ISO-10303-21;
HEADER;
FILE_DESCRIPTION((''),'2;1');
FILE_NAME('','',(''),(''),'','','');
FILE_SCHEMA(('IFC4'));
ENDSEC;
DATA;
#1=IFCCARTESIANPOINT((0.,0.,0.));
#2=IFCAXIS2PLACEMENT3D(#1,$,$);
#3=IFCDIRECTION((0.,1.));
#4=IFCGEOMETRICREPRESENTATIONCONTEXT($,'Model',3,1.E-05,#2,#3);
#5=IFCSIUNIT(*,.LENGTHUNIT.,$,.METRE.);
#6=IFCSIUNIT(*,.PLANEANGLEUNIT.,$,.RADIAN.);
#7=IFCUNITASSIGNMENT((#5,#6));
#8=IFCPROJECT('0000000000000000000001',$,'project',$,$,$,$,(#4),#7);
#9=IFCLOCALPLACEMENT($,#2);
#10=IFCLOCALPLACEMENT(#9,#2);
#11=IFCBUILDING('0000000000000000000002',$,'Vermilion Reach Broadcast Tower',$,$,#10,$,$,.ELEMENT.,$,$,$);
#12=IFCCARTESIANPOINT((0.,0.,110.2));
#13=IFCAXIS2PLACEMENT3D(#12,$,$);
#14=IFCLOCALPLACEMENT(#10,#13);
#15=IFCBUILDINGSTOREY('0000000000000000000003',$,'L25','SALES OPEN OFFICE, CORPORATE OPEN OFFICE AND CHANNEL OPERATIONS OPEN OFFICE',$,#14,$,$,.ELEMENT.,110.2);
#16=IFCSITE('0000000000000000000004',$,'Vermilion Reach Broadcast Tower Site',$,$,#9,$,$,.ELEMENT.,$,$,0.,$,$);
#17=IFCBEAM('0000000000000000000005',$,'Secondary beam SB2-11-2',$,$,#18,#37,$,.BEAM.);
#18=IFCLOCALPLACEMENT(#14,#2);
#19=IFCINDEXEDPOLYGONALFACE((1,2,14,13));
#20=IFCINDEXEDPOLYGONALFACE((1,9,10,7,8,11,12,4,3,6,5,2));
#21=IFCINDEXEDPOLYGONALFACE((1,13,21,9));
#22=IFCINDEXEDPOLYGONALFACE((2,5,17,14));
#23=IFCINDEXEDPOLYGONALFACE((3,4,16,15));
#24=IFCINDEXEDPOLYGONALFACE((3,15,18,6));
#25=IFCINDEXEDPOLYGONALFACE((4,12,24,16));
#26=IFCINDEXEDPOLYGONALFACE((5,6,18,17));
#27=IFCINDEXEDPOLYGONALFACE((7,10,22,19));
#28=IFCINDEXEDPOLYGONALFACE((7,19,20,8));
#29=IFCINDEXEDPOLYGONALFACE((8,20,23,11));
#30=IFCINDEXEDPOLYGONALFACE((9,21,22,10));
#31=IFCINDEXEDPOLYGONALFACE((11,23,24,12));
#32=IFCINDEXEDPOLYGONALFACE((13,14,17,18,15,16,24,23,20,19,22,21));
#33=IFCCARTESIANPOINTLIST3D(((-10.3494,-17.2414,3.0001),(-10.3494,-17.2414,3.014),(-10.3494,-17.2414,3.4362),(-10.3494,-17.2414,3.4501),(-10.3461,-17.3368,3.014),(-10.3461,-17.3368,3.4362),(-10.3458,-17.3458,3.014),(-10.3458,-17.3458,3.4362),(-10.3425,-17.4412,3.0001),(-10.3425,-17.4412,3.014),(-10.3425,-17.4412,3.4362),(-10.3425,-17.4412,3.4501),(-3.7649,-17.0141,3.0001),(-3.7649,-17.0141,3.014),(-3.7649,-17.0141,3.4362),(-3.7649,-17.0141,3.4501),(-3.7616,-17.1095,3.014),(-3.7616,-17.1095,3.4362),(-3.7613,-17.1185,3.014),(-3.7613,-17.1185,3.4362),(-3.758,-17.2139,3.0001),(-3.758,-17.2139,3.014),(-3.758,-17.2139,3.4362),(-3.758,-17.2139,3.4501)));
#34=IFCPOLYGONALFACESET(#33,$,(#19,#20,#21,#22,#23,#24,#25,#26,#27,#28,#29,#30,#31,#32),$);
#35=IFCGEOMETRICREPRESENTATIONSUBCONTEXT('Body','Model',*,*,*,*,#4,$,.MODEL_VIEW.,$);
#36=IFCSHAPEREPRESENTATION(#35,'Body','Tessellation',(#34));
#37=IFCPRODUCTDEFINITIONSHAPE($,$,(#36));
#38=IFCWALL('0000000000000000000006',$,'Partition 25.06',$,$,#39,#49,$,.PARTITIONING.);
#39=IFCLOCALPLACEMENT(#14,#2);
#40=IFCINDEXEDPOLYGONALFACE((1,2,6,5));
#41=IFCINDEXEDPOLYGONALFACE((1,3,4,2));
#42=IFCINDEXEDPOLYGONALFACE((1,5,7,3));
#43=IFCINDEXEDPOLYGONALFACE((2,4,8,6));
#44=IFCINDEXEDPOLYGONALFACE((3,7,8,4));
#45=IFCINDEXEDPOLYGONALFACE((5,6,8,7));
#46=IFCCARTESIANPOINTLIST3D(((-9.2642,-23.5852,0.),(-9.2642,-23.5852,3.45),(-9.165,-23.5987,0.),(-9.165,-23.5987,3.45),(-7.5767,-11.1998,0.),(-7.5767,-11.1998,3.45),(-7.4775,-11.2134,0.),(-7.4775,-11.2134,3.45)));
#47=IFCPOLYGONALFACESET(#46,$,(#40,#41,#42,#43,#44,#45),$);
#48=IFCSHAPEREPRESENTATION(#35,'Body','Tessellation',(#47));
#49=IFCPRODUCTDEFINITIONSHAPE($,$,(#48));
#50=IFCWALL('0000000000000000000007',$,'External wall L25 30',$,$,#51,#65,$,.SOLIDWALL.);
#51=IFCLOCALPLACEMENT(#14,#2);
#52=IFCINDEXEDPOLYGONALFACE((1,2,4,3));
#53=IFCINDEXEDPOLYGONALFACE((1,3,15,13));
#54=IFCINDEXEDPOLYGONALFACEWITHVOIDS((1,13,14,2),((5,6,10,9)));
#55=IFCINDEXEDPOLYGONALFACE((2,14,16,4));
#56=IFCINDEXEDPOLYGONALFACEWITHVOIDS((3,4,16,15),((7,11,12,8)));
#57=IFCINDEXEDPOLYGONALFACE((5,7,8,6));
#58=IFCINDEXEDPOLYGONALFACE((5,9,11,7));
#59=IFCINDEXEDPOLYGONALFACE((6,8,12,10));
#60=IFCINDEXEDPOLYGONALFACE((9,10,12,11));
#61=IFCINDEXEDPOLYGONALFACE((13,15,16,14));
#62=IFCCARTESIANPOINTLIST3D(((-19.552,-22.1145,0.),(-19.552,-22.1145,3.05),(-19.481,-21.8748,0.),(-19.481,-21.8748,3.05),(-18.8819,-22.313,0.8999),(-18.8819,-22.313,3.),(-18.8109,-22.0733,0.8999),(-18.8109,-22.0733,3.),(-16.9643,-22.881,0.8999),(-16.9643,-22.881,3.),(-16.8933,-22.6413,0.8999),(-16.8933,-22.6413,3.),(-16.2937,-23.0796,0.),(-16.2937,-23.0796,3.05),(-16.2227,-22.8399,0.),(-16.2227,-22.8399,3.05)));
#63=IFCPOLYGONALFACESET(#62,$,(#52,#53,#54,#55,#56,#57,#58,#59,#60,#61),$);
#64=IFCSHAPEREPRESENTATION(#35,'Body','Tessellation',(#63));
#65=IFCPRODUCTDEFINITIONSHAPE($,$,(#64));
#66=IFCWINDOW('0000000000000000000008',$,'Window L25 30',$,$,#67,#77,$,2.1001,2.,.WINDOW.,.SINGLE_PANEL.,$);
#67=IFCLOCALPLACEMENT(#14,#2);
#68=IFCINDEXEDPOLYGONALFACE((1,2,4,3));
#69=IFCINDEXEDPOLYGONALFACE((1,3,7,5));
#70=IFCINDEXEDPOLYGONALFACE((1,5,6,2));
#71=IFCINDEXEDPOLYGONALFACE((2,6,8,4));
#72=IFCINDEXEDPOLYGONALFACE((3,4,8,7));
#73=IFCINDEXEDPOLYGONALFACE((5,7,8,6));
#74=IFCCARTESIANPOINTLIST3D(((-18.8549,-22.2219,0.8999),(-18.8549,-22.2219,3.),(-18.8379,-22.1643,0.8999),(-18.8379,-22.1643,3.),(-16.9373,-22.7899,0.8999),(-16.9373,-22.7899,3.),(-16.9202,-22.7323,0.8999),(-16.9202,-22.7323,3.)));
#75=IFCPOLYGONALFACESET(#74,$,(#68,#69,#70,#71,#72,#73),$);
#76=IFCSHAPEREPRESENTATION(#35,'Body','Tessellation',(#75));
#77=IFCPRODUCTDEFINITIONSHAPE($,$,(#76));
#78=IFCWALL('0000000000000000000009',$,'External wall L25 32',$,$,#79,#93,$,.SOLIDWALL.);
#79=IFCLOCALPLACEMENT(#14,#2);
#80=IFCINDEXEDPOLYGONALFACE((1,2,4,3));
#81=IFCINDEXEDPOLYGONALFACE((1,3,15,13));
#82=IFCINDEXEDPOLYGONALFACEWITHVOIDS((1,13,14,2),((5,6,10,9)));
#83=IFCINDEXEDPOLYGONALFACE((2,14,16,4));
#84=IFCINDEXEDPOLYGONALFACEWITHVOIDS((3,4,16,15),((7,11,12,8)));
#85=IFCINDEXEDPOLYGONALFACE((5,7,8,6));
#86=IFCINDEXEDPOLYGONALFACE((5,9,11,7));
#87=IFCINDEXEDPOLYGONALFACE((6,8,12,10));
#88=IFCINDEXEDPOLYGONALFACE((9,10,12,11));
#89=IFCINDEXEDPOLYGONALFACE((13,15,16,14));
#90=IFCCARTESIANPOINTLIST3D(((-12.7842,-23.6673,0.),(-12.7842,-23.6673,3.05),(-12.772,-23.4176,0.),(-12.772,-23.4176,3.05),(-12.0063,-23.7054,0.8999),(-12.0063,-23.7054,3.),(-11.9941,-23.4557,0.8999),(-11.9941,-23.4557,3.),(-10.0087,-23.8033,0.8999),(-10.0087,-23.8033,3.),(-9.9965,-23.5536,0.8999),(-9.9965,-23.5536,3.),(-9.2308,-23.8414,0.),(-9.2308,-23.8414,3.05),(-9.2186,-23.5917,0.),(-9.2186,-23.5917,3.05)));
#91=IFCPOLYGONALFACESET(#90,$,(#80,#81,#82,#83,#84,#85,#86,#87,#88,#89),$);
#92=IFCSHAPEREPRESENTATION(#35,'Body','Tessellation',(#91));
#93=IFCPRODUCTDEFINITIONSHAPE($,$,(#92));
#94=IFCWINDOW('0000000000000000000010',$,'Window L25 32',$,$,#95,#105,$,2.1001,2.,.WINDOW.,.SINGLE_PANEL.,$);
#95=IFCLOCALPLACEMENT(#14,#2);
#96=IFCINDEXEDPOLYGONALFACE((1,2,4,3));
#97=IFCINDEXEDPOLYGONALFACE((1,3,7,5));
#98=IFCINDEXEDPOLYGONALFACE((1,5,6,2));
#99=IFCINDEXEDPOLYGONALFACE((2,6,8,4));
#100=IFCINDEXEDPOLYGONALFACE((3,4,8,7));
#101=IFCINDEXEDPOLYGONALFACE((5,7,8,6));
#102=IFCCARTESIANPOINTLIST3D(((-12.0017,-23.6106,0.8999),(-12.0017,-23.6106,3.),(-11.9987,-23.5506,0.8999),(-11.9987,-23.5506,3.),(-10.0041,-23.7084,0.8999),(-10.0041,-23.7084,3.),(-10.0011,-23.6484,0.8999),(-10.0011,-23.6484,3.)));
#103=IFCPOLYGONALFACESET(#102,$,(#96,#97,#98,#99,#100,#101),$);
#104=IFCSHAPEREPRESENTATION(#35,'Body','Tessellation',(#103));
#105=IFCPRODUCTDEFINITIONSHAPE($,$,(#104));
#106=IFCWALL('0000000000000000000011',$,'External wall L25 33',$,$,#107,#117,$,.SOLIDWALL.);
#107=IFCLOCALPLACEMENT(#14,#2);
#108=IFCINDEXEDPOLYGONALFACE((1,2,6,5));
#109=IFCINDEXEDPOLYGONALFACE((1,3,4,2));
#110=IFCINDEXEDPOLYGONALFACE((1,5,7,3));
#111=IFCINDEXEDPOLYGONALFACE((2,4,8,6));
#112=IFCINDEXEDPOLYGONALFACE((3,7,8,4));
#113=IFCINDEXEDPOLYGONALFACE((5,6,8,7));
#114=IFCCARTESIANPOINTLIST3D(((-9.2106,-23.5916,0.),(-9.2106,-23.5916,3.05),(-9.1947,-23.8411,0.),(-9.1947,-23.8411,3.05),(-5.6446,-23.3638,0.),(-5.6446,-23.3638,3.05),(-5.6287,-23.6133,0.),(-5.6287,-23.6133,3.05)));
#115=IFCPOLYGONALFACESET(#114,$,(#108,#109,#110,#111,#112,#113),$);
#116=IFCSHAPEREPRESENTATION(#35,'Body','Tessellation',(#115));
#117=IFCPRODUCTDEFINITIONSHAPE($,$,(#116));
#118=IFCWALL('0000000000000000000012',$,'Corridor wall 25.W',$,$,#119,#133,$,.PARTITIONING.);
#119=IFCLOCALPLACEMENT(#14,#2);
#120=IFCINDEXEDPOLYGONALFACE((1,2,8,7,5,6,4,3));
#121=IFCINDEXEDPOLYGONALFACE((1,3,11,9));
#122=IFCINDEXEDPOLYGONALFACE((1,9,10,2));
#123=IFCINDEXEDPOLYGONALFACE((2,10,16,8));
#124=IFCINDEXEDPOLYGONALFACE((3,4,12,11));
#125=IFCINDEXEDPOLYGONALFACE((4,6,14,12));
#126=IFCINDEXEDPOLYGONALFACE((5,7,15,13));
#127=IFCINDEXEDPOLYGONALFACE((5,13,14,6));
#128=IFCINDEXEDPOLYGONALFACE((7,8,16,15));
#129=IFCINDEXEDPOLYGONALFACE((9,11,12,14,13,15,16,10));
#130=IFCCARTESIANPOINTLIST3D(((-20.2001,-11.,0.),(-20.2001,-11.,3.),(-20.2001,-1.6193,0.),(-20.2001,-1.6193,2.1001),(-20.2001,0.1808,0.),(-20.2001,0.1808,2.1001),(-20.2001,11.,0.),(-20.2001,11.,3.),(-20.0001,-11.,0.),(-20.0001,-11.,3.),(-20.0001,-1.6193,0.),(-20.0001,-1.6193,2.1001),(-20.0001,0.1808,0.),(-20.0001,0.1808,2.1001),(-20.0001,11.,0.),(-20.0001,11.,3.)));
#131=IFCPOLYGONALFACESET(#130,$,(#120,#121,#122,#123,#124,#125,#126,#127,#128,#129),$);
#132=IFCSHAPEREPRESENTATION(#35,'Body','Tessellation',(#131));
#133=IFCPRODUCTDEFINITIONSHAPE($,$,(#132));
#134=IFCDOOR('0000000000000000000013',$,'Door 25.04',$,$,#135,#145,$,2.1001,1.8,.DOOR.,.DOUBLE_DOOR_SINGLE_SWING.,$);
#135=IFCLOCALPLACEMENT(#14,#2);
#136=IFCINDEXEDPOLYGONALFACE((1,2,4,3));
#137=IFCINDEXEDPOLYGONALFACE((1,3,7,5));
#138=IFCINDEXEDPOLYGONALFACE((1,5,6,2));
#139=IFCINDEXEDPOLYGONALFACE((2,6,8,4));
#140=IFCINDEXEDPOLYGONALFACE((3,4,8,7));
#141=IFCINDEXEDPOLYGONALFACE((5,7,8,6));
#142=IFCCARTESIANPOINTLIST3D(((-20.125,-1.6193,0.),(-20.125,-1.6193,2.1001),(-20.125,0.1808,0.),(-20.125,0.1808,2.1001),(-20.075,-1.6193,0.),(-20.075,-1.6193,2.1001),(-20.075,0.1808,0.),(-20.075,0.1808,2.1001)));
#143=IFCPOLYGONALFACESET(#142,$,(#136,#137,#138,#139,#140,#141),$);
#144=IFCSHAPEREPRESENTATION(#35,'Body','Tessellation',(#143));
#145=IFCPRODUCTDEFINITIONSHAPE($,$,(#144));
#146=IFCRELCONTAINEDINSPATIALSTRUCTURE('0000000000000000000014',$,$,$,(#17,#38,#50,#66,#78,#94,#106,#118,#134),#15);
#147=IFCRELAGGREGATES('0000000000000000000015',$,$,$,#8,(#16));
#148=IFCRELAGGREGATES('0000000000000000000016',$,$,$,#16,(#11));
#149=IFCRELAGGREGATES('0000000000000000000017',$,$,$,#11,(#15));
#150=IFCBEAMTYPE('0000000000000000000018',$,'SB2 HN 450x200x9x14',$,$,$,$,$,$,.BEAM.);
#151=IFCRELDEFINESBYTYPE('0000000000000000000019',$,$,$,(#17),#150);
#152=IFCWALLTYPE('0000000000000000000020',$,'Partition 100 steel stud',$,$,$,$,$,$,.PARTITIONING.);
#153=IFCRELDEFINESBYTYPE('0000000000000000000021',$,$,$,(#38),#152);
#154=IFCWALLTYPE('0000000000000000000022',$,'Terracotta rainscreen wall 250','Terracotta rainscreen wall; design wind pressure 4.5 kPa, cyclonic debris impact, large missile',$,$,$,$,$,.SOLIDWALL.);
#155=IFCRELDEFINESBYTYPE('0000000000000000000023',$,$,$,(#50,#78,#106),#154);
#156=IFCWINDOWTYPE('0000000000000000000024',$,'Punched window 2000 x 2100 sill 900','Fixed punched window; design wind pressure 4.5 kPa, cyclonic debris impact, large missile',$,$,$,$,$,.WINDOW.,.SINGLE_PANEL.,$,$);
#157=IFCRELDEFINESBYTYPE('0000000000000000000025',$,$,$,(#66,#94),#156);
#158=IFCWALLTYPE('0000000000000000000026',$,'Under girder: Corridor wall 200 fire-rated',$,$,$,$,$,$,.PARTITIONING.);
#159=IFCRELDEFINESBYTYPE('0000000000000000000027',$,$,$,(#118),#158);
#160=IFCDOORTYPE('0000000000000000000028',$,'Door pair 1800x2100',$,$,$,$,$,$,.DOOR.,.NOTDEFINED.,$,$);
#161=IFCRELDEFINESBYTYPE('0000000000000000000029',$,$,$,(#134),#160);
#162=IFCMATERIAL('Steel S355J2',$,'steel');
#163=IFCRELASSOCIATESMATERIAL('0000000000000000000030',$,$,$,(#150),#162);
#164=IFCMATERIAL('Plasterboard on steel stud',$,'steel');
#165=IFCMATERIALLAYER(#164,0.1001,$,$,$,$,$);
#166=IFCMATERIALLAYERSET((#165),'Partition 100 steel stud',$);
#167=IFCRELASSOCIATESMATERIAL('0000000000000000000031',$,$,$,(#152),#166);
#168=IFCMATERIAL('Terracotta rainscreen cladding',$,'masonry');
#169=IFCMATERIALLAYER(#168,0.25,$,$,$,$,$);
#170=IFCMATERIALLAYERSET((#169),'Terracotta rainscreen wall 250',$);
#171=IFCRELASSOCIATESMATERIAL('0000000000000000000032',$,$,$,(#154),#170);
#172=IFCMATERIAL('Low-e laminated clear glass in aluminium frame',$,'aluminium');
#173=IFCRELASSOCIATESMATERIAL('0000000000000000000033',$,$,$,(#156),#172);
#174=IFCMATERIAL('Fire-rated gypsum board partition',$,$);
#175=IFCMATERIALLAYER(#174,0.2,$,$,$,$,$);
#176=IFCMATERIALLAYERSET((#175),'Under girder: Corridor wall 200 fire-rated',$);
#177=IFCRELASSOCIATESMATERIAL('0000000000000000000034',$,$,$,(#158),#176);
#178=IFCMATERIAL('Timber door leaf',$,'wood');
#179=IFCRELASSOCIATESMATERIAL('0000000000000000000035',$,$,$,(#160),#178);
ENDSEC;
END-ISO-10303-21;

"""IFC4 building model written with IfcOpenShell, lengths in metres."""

from ifc_helpers import new_model, si_unit, direction, frame, frame_2d, origin, origin_2d, place, context, subcontext, project, spatial, rectangle, i_section, extrude, material, layer, layer_set, material_profile, profile_set, type_object, element, fill, save


model = new_model("IFC4")

# Units and contexts
model_context = context("Model", 3, precision=1e-05, world=origin(), true_north=direction((0.0, 1.0)))
body_context = subcontext(model_context, "Body", "Model", "MODEL_VIEW")
ifc_project = project(units=[si_unit("LENGTHUNIT", "METRE"), si_unit("PLANEANGLEUNIT", "RADIAN")], contexts=[model_context])

# Site, building, storey
site_placement = place(None, origin())
site = spatial("IfcSite", under=ifc_project, at=site_placement, Name="Vermilion Reach Broadcast Tower Site", CompositionType="ELEMENT", RefElevation=0.0)
building_placement = place(site_placement, origin())
building = spatial("IfcBuilding", under=site, at=building_placement, Name="Vermilion Reach Broadcast Tower", CompositionType="ELEMENT")
storey_placement = place(building_placement, frame((0.0, 0.0, 110.2)))
storey = spatial("IfcBuildingStorey", under=building, at=storey_placement, Name="L25", Description="SALES OPEN OFFICE, CORPORATE OPEN OFFICE AND CHANNEL OPERATIONS OPEN OFFICE", CompositionType="ELEMENT", Elevation=110.2)

# Beam
ifc_material_1 = material(Name="Steel S355J2", Category="steel")
ifc_material_profile_1 = material_profile(ifc_material_1, i_section(OverallWidth=0.2, OverallDepth=0.45, WebThickness=0.009, FlangeThickness=0.0139, at=origin_2d()), Name="S355J2 HN 450x200x9x14")
ifc_profile_set_1 = profile_set([ifc_material_profile_1], Name="Steel S355J2")
beam_type_1 = type_object("IfcBeamType", Name="SB2 HN 450x200x9x14", PredefinedType="BEAM", material=ifc_profile_set_1)
beam_1_placement = place(storey_placement, frame((-10.3459, -17.3413, 3.2251), z_axis=(0.999405, 0.034499, 0.0), x_axis=(-0.034499, 0.999405, 0.0)))
element("IfcBeam", 1, at=beam_1_placement, inside=storey, type_object=beam_type_1, Name="Secondary beam SB2-11-2", PredefinedType="BEAM", context=body_context, shape_type="SweptSolid", body=[
    extrude(i_section(OverallWidth=0.2, OverallDepth=0.45, WebThickness=0.009, FlangeThickness=0.0139, at=origin_2d()), origin(), (0.0, 0.0, 1.0), 6.5884),
])

# Wall
ifc_material_2 = material(Name="Plasterboard on steel stud", Category="steel")
ifc_layer_1 = layer(ifc_material_2, 0.1001)
ifc_layer_set_1 = layer_set([ifc_layer_1], Name="Partition 100 steel stud")
wall_type_1 = type_object("IfcWallType", Name="Partition 100 steel stud", PredefinedType="PARTITIONING", material=ifc_layer_set_1)
wall_1_placement = place(storey_placement, frame((-9.2146, -23.592, 0.0), z_axis=(0.0, 0.0, 1.0), x_axis=(0.135003, 0.990845, 0.0)))
element("IfcWall", 2, at=wall_1_placement, inside=storey, type_object=wall_type_1, Name="Partition 25.06", PredefinedType="PARTITIONING", context=body_context, shape_type="SweptSolid", body=[
    extrude(rectangle(XDim=12.4998, YDim=0.1001, at=frame_2d((6.25, 0.0))), origin(), (0.0, 0.0, 1.0), 3.45),
])

# Wall, opening, window
ifc_material_3 = material(Name="Terracotta rainscreen cladding", Category="masonry")
ifc_layer_2 = layer(ifc_material_3, 0.25)
ifc_layer_set_2 = layer_set([ifc_layer_2], Name="Terracotta rainscreen wall 250")
wall_type_2 = type_object("IfcWallType", Name="Terracotta rainscreen wall 250", Description="Terracotta rainscreen wall; design wind pressure 4.5 kPa, cyclonic debris impact, large missile", PredefinedType="SOLIDWALL", material=ifc_layer_set_2)
wall_2_placement = place(storey_placement, frame((-19.5166, -21.9946, 0.0), z_axis=(0.0, 0.0, 1.0), x_axis=(0.958825, -0.283998, 0.0)))
wall_2 = element("IfcWall", 3, at=wall_2_placement, inside=storey, type_object=wall_type_2, Name="External wall L25 30", PredefinedType="SOLIDWALL", context=body_context, shape_type="SweptSolid", body=[
    extrude(rectangle(XDim=3.3982, YDim=0.25, at=frame_2d((1.6992, 0.0))), origin(), (0.0, 0.0, 1.0), 3.05),
])
opening_1_placement = place(wall_2_placement, frame((0.699, 0.0, 0.8999)))
opening_1 = element("IfcOpeningElement", 4, at=opening_1_placement, cuts=wall_2, PredefinedType="OPENING", context=body_context, shape_type="SweptSolid", body=[
    extrude(rectangle(XDim=2.0, YDim=2.1001, at=frame_2d((1.0, 1.05))), frame((0.0, 0.135, 0.0), z_axis=(0.0, -1.0, 0.0), x_axis=(1.0, 0.0, 0.0)), (0.0, 0.0, 1.0), 0.27),
])
ifc_material_4 = material(Name="Low-e laminated clear glass in aluminium frame", Category="aluminium")
window_type = type_object("IfcWindowType", Name="Punched window 2000 x 2100 sill 900", Description="Fixed punched window; design wind pressure 4.5 kPa, cyclonic debris impact, large missile", PartitioningType="SINGLE_PANEL", PredefinedType="WINDOW", material=ifc_material_4)
window_1_placement = place(opening_1_placement, origin())
window_1 = element("IfcWindow", 5, at=window_1_placement, inside=storey, type_object=window_type, Name="Window L25 30", OverallHeight=2.1001, OverallWidth=2.0, PartitioningType="SINGLE_PANEL", PredefinedType="WINDOW", context=body_context, shape_type="SweptSolid", body=[
    extrude(rectangle(XDim=2.0, YDim=2.1001, at=frame_2d((1.0, 1.05))), frame((0.0, 0.03, 0.0), z_axis=(0.0, -1.0, 0.0), x_axis=(1.0, 0.0, 0.0)), (0.0, 0.0, 1.0), 0.0601),
])
fill(opening_1, window_1)

# Wall, opening, window
wall_3_placement = place(storey_placement, frame((-12.7781, -23.5425, 0.0), z_axis=(0.0, 0.0, 1.0), x_axis=(0.998802, -0.048928, 0.0)))
wall_3 = element("IfcWall", 6, at=wall_3_placement, inside=storey, type_object=wall_type_2, Name="External wall L25 32", PredefinedType="SOLIDWALL", context=body_context, shape_type="SweptSolid", body=[
    extrude(rectangle(XDim=3.5576, YDim=0.25, at=frame_2d((1.7788, 0.0))), origin(), (0.0, 0.0, 1.0), 3.05),
])
opening_2_placement = place(wall_3_placement, frame((0.7788, 0.0, 0.8999)))
opening_2 = element("IfcOpeningElement", 7, at=opening_2_placement, cuts=wall_3, PredefinedType="OPENING", context=body_context, shape_type="SweptSolid", body=[
    extrude(rectangle(XDim=2.0, YDim=2.1001, at=frame_2d((1.0, 1.05))), frame((0.0, 0.135, 0.0), z_axis=(0.0, -1.0, 0.0), x_axis=(1.0, 0.0, 0.0)), (0.0, 0.0, 1.0), 0.27),
])
window_2_placement = place(opening_2_placement, origin())
window_2 = element("IfcWindow", 8, at=window_2_placement, inside=storey, type_object=window_type, Name="Window L25 32", OverallHeight=2.1001, OverallWidth=2.0, PartitioningType="SINGLE_PANEL", PredefinedType="WINDOW", context=body_context, shape_type="SweptSolid", body=[
    extrude(rectangle(XDim=2.0, YDim=2.1001, at=frame_2d((1.0, 1.05))), frame((0.0, 0.03, 0.0), z_axis=(0.0, -1.0, 0.0), x_axis=(1.0, 0.0, 0.0)), (0.0, 0.0, 1.0), 0.0601),
])
fill(opening_2, window_2)

# Wall
wall_4_placement = place(storey_placement, frame((-9.2026, -23.7163, 0.0), z_axis=(0.0, 0.0, 1.0), x_axis=(0.997966, 0.063748, 0.0)))
element("IfcWall", 9, at=wall_4_placement, inside=storey, type_object=wall_type_2, Name="External wall L25 33", PredefinedType="SOLIDWALL", context=body_context, shape_type="SweptSolid", body=[
    extrude(rectangle(XDim=3.5732, YDim=0.25, at=frame_2d((1.7866, 0.0))), origin(), (0.0, 0.0, 1.0), 3.05),
])

# Wall, opening, door
ifc_material_5 = material(Name="Fire-rated gypsum board partition")
ifc_layer_3 = layer(ifc_material_5, 0.2)
ifc_layer_set_3 = layer_set([ifc_layer_3], Name="Under girder: Corridor wall 200 fire-rated")
wall_type_3 = type_object("IfcWallType", Name="Under girder: Corridor wall 200 fire-rated", PredefinedType="PARTITIONING", material=ifc_layer_set_3)
wall_5_placement = place(storey_placement, frame((-20.1001, -11.0, 0.0), z_axis=(0.0, 0.0, 1.0), x_axis=(0.0, 1.0, 0.0)))
wall_5 = element("IfcWall", 10, at=wall_5_placement, inside=storey, type_object=wall_type_3, Name="Corridor wall 25.W", PredefinedType="PARTITIONING", context=body_context, shape_type="SweptSolid", body=[
    extrude(rectangle(XDim=22.0, YDim=0.2, at=frame_2d((11.0, 0.0))), origin(), (0.0, 0.0, 1.0), 3.0),
])
opening_3_placement = place(wall_5_placement, frame((9.3809, 0.0, 0.0)))
opening_3 = element("IfcOpeningElement", 11, at=opening_3_placement, cuts=wall_5, PredefinedType="OPENING", context=body_context, shape_type="SweptSolid", body=[
    extrude(rectangle(XDim=1.8, YDim=2.1001, at=frame_2d((0.8999, 1.05))), frame((0.0, 0.1099, 0.0), z_axis=(0.0, -1.0, 0.0), x_axis=(1.0, 0.0, 0.0)), (0.0, 0.0, 1.0), 0.22),
])
ifc_material_6 = material(Name="Timber door leaf", Category="wood")
door_type_1 = type_object("IfcDoorType", Name="Door pair 1800x2100", OperationType="NOTDEFINED", PredefinedType="DOOR", material=ifc_material_6)
door_1_placement = place(opening_3_placement, origin())
door_1 = element("IfcDoor", 12, at=door_1_placement, inside=storey, type_object=door_type_1, Name="Door 25.04", OperationType="DOUBLE_DOOR_SINGLE_SWING", OverallHeight=2.1001, OverallWidth=1.8, PredefinedType="DOOR", context=body_context, shape_type="SweptSolid", body=[
    extrude(rectangle(XDim=1.8, YDim=2.1001, at=frame_2d((0.8999, 1.05))), frame((0.0, 0.0249, 0.0), z_axis=(0.0, -1.0, 0.0), x_axis=(1.0, 0.0, 0.0)), (0.0, 0.0, 1.0), 0.05),
])
fill(opening_3, door_1)

save(model, "model.ifc")
